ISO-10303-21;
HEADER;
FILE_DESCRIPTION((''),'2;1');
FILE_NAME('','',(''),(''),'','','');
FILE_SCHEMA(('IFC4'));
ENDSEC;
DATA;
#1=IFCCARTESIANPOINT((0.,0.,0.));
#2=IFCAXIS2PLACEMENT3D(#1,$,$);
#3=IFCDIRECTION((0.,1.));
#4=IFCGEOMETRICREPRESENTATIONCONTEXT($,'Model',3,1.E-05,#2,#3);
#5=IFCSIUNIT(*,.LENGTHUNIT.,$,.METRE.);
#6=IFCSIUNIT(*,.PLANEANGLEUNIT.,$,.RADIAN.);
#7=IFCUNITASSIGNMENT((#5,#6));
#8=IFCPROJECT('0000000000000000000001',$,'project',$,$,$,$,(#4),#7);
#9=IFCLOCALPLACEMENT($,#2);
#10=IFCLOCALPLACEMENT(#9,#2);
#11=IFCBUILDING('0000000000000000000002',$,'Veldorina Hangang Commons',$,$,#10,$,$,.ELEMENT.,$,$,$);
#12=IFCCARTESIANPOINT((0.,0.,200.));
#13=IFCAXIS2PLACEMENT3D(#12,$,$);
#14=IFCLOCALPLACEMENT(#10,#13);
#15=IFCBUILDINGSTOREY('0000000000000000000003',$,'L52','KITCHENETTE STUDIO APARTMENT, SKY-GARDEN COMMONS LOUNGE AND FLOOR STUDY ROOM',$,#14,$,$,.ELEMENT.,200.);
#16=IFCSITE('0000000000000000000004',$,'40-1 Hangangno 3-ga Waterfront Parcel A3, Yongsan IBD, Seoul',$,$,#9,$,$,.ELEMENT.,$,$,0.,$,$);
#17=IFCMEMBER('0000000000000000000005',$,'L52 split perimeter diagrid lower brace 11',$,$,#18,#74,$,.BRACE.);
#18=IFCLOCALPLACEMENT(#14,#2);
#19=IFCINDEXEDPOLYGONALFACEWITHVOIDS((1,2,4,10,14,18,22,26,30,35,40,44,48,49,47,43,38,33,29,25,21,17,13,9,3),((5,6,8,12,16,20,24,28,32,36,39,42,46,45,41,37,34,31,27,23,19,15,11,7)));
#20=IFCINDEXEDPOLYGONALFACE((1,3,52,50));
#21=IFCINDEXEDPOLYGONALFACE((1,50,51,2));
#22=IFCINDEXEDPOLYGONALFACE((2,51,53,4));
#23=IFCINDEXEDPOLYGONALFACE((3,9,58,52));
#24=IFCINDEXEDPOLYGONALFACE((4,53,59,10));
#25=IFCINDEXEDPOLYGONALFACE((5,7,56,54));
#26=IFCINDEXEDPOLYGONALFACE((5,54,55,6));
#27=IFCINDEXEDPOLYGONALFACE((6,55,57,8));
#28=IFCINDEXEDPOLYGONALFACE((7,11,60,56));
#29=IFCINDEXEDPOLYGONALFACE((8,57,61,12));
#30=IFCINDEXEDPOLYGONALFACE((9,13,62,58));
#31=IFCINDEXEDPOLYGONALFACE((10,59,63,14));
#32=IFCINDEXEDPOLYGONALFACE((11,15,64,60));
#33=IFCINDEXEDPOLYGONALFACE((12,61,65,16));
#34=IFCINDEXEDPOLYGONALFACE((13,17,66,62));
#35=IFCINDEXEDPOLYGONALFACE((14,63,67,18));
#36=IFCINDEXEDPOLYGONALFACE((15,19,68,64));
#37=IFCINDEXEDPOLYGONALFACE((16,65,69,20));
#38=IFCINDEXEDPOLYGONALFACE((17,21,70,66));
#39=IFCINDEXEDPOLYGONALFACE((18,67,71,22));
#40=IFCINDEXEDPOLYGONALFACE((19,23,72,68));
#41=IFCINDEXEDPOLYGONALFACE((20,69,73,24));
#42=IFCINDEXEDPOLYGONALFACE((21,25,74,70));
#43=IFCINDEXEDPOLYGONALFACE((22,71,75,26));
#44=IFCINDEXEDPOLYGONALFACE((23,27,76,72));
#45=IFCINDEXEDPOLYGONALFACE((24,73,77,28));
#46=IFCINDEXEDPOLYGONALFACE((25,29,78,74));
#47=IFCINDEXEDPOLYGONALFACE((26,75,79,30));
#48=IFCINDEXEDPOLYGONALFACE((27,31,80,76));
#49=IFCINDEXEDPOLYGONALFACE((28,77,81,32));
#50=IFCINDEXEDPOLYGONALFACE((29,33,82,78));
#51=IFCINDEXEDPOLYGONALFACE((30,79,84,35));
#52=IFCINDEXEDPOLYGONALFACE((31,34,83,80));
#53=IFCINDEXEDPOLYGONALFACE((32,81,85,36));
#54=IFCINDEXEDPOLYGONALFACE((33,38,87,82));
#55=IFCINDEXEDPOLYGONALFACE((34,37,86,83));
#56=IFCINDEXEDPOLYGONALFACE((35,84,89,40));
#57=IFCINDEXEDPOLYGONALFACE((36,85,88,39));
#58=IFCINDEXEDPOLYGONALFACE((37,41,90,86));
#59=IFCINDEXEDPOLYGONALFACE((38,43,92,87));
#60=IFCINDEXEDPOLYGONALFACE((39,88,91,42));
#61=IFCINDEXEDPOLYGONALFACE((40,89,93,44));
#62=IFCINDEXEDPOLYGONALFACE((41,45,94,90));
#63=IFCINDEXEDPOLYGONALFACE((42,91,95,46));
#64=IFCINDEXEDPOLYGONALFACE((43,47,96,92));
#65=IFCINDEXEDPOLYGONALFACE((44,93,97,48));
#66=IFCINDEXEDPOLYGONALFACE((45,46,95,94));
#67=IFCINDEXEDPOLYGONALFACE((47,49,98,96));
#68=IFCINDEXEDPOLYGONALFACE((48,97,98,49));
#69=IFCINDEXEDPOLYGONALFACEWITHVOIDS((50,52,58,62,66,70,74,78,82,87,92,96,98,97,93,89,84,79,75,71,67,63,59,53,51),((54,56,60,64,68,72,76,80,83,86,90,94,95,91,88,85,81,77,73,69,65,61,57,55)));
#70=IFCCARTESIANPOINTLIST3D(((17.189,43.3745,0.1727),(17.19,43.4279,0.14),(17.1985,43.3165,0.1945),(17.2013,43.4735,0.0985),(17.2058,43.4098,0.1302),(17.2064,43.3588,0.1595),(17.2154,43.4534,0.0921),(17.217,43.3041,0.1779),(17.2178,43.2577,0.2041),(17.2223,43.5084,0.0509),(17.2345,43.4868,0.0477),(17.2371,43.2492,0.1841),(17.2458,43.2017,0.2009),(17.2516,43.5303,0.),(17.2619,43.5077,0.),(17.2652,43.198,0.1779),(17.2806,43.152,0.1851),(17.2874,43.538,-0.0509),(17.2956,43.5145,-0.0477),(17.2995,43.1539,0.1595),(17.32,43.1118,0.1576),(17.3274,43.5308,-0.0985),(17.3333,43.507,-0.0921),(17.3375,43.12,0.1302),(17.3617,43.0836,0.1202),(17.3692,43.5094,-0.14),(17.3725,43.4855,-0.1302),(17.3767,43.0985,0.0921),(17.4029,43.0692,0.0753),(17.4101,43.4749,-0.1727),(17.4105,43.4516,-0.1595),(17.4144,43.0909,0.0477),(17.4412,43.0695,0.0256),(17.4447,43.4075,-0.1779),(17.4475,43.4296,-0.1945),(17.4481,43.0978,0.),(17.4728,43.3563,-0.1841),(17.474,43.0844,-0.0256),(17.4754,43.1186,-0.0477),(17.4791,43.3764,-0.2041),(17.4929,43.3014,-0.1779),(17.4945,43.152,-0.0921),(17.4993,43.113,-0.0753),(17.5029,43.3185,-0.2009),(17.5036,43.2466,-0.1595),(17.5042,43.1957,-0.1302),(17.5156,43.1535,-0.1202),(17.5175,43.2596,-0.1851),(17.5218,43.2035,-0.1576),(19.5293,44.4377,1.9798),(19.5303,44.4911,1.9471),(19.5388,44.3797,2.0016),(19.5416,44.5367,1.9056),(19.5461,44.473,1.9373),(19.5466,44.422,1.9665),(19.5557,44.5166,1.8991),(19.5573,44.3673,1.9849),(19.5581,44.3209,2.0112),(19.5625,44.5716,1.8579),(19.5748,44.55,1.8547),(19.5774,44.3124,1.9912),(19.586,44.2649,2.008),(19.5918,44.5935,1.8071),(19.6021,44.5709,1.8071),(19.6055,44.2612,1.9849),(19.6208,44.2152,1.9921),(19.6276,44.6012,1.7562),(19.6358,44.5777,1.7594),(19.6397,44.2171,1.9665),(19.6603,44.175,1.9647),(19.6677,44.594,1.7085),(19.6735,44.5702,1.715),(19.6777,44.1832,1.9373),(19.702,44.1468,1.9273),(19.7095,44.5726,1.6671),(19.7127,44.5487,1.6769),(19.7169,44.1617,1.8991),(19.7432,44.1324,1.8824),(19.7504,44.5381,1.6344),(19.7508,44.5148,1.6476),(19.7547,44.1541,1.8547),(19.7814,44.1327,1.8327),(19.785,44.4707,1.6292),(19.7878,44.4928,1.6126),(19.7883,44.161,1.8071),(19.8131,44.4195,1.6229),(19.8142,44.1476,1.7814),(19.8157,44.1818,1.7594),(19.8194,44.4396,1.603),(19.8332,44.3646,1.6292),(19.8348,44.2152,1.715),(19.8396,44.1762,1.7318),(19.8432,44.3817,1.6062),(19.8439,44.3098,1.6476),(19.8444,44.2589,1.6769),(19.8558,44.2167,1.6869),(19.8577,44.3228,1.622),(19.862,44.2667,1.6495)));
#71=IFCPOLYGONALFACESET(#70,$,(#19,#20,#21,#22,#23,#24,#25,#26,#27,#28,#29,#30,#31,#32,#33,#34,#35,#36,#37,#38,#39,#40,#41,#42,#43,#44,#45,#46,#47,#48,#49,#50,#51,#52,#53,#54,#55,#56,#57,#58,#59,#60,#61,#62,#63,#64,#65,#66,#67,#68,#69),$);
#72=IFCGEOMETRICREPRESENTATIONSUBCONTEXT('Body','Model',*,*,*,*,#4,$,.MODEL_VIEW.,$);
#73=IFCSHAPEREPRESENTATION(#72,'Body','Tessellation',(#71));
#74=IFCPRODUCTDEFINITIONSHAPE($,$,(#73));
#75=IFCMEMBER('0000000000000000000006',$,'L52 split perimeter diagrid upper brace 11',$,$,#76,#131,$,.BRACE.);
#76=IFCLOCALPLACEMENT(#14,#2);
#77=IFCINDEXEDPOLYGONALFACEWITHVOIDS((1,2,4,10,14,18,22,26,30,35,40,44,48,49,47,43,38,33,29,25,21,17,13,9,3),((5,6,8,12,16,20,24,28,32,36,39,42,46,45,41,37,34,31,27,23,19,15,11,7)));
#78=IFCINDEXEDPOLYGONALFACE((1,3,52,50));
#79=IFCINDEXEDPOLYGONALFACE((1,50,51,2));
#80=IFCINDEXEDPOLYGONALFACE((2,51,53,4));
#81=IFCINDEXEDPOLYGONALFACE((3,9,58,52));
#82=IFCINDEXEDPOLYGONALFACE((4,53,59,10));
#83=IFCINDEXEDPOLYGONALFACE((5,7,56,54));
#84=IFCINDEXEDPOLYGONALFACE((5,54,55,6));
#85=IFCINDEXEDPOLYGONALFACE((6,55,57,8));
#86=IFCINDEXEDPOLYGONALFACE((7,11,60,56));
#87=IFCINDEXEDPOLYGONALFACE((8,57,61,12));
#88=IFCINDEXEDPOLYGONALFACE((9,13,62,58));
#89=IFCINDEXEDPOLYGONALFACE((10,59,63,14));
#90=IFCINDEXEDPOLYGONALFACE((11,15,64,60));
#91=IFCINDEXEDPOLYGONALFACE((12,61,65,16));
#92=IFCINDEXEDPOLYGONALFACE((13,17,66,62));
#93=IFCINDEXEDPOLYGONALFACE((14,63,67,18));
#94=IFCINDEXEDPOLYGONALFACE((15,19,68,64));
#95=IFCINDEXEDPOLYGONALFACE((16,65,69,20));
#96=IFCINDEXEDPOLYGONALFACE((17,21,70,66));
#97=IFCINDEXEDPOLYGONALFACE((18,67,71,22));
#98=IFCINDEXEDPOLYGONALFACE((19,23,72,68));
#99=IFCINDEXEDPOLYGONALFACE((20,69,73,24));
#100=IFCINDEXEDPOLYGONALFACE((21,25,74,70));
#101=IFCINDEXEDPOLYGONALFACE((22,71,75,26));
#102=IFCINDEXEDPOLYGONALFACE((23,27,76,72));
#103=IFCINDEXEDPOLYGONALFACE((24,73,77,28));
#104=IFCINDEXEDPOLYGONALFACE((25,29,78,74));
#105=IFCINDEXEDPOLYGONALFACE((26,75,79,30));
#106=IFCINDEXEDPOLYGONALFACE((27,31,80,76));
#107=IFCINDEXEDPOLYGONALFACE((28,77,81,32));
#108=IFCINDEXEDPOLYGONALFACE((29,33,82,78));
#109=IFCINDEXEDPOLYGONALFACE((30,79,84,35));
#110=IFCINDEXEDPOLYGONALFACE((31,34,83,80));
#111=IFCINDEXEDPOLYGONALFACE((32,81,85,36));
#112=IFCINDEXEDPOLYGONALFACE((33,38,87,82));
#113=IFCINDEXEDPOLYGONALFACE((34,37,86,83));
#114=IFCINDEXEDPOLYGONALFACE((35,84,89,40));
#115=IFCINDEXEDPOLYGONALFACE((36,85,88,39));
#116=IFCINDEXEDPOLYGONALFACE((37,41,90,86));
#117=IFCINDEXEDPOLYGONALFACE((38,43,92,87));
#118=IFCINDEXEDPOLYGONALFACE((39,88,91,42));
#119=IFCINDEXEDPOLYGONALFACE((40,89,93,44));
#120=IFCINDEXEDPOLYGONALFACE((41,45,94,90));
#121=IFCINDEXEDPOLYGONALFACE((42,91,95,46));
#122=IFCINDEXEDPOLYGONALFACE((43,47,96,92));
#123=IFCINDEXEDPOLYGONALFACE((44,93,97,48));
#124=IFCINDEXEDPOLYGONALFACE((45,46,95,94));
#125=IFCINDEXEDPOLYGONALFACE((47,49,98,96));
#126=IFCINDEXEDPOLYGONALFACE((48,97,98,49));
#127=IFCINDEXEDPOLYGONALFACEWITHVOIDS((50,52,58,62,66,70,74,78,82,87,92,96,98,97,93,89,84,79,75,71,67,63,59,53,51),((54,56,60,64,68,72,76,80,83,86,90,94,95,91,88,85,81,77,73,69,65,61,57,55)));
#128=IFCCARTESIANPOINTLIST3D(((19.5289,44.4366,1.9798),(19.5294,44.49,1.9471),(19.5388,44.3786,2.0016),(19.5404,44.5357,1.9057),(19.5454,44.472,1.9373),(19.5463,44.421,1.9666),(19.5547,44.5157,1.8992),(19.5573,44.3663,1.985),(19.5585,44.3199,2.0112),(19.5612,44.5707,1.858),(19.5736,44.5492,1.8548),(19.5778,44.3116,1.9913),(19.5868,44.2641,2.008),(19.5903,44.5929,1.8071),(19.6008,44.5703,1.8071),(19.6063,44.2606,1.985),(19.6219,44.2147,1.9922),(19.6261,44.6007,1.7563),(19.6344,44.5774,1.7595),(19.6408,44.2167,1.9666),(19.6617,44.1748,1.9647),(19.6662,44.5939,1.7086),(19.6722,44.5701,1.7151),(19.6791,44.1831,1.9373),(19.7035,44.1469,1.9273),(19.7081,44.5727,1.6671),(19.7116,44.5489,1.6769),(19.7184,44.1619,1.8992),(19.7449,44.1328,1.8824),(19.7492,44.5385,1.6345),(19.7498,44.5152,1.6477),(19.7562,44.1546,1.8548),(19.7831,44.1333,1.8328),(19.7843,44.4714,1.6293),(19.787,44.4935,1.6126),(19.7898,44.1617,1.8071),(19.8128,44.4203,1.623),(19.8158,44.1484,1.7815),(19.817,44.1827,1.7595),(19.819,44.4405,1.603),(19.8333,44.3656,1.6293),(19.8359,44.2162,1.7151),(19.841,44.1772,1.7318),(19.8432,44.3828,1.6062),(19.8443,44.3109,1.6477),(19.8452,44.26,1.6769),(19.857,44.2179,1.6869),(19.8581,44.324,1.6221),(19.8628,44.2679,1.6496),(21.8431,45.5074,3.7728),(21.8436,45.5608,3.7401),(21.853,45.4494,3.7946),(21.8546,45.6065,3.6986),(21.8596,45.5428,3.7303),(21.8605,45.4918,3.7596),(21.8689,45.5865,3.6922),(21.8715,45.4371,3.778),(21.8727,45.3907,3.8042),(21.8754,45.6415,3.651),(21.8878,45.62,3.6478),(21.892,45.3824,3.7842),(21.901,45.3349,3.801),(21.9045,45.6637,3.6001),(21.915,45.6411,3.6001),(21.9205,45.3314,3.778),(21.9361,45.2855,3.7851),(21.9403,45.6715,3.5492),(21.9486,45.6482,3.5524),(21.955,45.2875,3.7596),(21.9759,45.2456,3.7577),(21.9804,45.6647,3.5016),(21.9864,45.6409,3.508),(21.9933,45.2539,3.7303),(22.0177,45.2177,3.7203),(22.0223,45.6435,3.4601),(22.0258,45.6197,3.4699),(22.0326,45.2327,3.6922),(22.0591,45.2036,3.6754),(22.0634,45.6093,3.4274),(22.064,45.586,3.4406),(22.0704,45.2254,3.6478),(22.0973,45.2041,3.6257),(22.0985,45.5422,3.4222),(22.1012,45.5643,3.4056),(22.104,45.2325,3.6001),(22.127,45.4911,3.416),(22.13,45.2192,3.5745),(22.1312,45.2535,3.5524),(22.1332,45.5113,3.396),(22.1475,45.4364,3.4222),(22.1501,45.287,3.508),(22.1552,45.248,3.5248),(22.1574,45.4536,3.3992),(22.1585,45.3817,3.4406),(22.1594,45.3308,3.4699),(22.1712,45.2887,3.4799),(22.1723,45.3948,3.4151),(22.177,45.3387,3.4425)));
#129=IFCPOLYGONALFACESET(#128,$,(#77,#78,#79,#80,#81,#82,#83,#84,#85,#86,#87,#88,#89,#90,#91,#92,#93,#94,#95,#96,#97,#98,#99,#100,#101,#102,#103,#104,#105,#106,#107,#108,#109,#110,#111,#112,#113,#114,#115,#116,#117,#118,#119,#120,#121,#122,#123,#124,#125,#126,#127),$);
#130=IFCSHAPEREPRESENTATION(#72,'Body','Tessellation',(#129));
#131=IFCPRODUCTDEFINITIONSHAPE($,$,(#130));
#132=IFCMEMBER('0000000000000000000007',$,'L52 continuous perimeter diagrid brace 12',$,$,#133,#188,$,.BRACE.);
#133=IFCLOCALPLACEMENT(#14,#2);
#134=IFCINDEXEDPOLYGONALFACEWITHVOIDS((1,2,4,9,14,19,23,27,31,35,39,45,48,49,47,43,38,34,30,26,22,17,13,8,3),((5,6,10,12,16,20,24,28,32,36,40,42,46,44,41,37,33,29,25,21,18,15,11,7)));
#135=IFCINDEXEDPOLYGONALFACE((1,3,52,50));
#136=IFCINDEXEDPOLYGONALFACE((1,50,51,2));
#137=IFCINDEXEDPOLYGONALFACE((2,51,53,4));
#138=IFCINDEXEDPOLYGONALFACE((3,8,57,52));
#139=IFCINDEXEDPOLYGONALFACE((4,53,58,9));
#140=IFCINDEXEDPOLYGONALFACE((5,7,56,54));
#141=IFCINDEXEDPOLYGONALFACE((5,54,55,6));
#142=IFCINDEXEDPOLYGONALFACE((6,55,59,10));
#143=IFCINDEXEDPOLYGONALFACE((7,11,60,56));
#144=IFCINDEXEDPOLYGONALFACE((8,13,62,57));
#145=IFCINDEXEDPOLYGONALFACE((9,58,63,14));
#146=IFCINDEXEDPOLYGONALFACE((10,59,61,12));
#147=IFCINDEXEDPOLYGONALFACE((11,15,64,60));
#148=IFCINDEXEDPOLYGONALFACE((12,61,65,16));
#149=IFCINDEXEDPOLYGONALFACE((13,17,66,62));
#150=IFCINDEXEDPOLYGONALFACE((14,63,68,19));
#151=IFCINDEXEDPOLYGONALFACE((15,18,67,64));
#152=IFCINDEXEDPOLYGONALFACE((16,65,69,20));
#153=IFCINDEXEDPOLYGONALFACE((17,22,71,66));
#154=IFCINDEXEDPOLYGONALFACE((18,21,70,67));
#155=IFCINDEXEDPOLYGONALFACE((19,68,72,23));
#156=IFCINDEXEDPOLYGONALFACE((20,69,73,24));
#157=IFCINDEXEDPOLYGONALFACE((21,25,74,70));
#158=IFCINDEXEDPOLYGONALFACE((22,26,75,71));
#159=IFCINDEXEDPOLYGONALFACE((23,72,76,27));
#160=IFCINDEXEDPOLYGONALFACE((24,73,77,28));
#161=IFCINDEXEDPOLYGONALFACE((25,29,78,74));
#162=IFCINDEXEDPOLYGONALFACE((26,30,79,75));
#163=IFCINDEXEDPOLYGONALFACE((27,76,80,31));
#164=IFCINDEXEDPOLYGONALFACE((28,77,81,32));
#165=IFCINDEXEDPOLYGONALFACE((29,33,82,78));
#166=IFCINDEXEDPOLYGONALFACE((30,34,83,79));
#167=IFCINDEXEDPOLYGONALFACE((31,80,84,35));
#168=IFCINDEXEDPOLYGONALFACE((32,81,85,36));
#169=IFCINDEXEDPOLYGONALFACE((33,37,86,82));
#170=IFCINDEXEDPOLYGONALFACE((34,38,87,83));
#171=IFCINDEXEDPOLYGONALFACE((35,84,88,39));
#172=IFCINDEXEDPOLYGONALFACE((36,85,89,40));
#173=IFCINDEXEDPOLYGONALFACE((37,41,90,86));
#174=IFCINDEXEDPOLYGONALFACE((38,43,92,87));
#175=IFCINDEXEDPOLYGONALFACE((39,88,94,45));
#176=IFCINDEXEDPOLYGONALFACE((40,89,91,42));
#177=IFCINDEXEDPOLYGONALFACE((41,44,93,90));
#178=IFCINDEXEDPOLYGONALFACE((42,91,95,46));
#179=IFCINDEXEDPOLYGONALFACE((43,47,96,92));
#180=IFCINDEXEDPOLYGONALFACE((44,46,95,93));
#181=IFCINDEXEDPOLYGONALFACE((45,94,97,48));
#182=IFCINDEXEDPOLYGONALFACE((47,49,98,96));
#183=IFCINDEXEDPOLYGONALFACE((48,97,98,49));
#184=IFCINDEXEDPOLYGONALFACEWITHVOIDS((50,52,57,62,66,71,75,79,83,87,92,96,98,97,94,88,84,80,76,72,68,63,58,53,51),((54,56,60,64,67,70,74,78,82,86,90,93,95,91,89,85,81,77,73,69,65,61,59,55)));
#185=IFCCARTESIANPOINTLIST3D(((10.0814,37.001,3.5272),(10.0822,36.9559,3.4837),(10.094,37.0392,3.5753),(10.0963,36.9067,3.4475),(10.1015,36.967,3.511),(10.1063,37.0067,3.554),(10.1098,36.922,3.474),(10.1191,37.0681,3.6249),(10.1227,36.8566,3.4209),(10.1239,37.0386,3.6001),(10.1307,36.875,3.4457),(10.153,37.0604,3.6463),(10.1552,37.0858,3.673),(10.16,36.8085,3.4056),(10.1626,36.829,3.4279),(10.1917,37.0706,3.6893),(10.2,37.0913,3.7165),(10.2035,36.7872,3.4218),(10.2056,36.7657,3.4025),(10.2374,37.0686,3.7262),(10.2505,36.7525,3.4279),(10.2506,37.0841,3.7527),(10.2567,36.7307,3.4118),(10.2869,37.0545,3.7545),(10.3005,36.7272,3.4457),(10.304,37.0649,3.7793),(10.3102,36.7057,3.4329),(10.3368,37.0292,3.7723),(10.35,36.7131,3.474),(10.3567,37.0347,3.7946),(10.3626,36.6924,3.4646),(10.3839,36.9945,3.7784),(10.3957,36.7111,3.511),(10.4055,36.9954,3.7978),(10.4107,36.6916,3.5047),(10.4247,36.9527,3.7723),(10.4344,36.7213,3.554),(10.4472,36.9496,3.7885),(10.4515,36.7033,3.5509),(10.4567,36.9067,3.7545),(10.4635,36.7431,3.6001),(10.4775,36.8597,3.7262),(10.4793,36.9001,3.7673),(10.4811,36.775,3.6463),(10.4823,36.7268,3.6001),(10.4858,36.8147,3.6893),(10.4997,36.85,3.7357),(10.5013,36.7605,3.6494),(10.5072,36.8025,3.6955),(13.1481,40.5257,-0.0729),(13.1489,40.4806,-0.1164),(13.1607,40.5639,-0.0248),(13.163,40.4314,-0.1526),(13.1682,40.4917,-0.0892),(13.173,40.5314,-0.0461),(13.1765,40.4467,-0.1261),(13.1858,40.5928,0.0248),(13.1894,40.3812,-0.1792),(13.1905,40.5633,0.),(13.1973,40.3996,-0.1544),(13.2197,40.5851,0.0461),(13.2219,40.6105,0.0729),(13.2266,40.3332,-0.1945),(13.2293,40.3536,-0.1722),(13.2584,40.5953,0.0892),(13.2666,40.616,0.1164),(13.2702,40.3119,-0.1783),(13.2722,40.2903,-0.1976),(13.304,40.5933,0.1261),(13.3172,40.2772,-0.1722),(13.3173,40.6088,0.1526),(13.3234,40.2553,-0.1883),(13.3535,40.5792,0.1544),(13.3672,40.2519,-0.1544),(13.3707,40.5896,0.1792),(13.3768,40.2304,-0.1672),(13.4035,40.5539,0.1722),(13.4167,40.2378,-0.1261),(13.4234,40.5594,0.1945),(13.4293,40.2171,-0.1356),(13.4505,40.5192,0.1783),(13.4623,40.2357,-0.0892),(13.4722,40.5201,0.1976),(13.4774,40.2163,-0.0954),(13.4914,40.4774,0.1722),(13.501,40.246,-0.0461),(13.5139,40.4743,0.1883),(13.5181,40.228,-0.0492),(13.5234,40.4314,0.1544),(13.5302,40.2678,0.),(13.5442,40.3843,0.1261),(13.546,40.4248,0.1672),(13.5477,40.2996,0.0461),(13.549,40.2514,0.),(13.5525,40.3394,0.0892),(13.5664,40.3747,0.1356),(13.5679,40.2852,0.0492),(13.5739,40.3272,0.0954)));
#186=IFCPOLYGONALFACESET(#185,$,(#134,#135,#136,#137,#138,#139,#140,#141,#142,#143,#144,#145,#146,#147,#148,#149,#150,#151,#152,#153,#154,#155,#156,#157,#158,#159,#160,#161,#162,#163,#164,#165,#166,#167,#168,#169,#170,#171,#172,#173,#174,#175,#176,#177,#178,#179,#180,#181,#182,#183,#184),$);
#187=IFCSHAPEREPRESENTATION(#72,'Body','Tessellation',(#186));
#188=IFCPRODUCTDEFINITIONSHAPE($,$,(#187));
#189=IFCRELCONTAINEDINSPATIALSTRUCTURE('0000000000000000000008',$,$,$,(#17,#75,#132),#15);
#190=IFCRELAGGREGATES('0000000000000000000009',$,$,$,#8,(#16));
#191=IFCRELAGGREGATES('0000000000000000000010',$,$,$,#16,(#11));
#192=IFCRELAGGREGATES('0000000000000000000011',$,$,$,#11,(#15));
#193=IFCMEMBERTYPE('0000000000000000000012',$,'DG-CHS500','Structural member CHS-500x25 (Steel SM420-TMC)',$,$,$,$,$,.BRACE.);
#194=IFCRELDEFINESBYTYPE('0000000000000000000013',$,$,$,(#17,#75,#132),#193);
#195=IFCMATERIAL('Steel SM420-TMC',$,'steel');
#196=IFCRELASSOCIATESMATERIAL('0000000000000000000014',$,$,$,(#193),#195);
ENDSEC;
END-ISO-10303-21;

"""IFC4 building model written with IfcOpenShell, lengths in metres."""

from ifc_helpers import new_model, si_unit, direction, frame, origin, origin_2d, place, context, subcontext, project, spatial, hollow_circle, extrude, material, material_profile, profile_set, type_object, element, save


model = new_model("IFC4")

# Units and contexts
model_context = context("Model", 3, precision=1e-05, world=origin(), true_north=direction((0.0, 1.0)))
body_context = subcontext(model_context, "Body", "Model", "MODEL_VIEW")
ifc_project = project(units=[si_unit("LENGTHUNIT", "METRE"), si_unit("PLANEANGLEUNIT", "RADIAN")], contexts=[model_context])

# Site, building, storey
site_placement = place(None, origin())
site = spatial("IfcSite", under=ifc_project, at=site_placement, Name="40-1 Hangangno 3-ga Waterfront Parcel A3, Yongsan IBD, Seoul", CompositionType="ELEMENT", RefElevation=0.0)
building_placement = place(site_placement, origin())
building = spatial("IfcBuilding", under=site, at=building_placement, Name="Veldorina Hangang Commons", CompositionType="ELEMENT")
storey_placement = place(building_placement, frame((0.0, 0.0, 200.0)))
storey = spatial("IfcBuildingStorey", under=building, at=storey_placement, Name="L52", Description="KITCHENETTE STUDIO APARTMENT, SKY-GARDEN COMMONS LOUNGE AND FLOOR STUDY ROOM", CompositionType="ELEMENT", Elevation=200.0)

# Shared definitions
ifc_material_1 = material(Name="Steel SM420-TMC", Category="steel")

# Members
ifc_material_profile_1 = material_profile(ifc_material_1, hollow_circle(Radius=0.25, WallThickness=0.0249, at=origin_2d()), Name="CHS-500x25")
ifc_profile_set_1 = profile_set([ifc_material_profile_1], Name="Steel SM420-TMC")
member_type_1 = type_object("IfcMemberType", Name="DG-CHS500", Description="Structural member CHS-500x25 (Steel SM420-TMC)", PredefinedType="BRACE", material=ifc_profile_set_1)
member_1_placement = place(storey_placement, frame((17.355, 43.3027, 0.0), z_axis=(0.74481, 0.338373, 0.575118), x_axis=(-0.413624, 0.910448, 0.0)))
element("IfcMember", 1, at=member_1_placement, inside=storey, type_object=member_type_1, Name="L52 split perimeter diagrid lower brace 11", PredefinedType="BRACE", context=body_context, shape_type="SweptSolid", body=[
    extrude(hollow_circle(Radius=0.25, WallThickness=0.0249, at=origin_2d()), origin(), (0.0, 0.0, 1.0), 3.1421),
])
member_2_placement = place(storey_placement, frame((19.6953, 44.366, 1.8071), z_axis=(0.742401, 0.343514, 0.575186), x_axis=(-0.419932, 0.907555, 0.0)))
element("IfcMember", 2, at=member_2_placement, inside=storey, type_object=member_type_1, Name="L52 split perimeter diagrid upper brace 11", PredefinedType="BRACE", context=body_context, shape_type="SweptSolid", body=[
    extrude(hollow_circle(Radius=0.25, WallThickness=0.0249, at=origin_2d()), origin(), (0.0, 0.0, 1.0), 3.1172),
])
member_3_placement = place(storey_placement, frame((13.3604, 40.4155, 0.0), z_axis=(-0.519934, -0.597586, 0.610377), x_axis=(0.754422, -0.65639, 0.0)))
element("IfcMember", 3, at=member_3_placement, inside=storey, type_object=member_type_1, Name="L52 continuous perimeter diagrid brace 12", PredefinedType="BRACE", context=body_context, shape_type="SweptSolid", body=[
    extrude(hollow_circle(Radius=0.25, WallThickness=0.0249, at=origin_2d()), origin(), (0.0, 0.0, 1.0), 5.8982),
])

save(model, "model.ifc")
